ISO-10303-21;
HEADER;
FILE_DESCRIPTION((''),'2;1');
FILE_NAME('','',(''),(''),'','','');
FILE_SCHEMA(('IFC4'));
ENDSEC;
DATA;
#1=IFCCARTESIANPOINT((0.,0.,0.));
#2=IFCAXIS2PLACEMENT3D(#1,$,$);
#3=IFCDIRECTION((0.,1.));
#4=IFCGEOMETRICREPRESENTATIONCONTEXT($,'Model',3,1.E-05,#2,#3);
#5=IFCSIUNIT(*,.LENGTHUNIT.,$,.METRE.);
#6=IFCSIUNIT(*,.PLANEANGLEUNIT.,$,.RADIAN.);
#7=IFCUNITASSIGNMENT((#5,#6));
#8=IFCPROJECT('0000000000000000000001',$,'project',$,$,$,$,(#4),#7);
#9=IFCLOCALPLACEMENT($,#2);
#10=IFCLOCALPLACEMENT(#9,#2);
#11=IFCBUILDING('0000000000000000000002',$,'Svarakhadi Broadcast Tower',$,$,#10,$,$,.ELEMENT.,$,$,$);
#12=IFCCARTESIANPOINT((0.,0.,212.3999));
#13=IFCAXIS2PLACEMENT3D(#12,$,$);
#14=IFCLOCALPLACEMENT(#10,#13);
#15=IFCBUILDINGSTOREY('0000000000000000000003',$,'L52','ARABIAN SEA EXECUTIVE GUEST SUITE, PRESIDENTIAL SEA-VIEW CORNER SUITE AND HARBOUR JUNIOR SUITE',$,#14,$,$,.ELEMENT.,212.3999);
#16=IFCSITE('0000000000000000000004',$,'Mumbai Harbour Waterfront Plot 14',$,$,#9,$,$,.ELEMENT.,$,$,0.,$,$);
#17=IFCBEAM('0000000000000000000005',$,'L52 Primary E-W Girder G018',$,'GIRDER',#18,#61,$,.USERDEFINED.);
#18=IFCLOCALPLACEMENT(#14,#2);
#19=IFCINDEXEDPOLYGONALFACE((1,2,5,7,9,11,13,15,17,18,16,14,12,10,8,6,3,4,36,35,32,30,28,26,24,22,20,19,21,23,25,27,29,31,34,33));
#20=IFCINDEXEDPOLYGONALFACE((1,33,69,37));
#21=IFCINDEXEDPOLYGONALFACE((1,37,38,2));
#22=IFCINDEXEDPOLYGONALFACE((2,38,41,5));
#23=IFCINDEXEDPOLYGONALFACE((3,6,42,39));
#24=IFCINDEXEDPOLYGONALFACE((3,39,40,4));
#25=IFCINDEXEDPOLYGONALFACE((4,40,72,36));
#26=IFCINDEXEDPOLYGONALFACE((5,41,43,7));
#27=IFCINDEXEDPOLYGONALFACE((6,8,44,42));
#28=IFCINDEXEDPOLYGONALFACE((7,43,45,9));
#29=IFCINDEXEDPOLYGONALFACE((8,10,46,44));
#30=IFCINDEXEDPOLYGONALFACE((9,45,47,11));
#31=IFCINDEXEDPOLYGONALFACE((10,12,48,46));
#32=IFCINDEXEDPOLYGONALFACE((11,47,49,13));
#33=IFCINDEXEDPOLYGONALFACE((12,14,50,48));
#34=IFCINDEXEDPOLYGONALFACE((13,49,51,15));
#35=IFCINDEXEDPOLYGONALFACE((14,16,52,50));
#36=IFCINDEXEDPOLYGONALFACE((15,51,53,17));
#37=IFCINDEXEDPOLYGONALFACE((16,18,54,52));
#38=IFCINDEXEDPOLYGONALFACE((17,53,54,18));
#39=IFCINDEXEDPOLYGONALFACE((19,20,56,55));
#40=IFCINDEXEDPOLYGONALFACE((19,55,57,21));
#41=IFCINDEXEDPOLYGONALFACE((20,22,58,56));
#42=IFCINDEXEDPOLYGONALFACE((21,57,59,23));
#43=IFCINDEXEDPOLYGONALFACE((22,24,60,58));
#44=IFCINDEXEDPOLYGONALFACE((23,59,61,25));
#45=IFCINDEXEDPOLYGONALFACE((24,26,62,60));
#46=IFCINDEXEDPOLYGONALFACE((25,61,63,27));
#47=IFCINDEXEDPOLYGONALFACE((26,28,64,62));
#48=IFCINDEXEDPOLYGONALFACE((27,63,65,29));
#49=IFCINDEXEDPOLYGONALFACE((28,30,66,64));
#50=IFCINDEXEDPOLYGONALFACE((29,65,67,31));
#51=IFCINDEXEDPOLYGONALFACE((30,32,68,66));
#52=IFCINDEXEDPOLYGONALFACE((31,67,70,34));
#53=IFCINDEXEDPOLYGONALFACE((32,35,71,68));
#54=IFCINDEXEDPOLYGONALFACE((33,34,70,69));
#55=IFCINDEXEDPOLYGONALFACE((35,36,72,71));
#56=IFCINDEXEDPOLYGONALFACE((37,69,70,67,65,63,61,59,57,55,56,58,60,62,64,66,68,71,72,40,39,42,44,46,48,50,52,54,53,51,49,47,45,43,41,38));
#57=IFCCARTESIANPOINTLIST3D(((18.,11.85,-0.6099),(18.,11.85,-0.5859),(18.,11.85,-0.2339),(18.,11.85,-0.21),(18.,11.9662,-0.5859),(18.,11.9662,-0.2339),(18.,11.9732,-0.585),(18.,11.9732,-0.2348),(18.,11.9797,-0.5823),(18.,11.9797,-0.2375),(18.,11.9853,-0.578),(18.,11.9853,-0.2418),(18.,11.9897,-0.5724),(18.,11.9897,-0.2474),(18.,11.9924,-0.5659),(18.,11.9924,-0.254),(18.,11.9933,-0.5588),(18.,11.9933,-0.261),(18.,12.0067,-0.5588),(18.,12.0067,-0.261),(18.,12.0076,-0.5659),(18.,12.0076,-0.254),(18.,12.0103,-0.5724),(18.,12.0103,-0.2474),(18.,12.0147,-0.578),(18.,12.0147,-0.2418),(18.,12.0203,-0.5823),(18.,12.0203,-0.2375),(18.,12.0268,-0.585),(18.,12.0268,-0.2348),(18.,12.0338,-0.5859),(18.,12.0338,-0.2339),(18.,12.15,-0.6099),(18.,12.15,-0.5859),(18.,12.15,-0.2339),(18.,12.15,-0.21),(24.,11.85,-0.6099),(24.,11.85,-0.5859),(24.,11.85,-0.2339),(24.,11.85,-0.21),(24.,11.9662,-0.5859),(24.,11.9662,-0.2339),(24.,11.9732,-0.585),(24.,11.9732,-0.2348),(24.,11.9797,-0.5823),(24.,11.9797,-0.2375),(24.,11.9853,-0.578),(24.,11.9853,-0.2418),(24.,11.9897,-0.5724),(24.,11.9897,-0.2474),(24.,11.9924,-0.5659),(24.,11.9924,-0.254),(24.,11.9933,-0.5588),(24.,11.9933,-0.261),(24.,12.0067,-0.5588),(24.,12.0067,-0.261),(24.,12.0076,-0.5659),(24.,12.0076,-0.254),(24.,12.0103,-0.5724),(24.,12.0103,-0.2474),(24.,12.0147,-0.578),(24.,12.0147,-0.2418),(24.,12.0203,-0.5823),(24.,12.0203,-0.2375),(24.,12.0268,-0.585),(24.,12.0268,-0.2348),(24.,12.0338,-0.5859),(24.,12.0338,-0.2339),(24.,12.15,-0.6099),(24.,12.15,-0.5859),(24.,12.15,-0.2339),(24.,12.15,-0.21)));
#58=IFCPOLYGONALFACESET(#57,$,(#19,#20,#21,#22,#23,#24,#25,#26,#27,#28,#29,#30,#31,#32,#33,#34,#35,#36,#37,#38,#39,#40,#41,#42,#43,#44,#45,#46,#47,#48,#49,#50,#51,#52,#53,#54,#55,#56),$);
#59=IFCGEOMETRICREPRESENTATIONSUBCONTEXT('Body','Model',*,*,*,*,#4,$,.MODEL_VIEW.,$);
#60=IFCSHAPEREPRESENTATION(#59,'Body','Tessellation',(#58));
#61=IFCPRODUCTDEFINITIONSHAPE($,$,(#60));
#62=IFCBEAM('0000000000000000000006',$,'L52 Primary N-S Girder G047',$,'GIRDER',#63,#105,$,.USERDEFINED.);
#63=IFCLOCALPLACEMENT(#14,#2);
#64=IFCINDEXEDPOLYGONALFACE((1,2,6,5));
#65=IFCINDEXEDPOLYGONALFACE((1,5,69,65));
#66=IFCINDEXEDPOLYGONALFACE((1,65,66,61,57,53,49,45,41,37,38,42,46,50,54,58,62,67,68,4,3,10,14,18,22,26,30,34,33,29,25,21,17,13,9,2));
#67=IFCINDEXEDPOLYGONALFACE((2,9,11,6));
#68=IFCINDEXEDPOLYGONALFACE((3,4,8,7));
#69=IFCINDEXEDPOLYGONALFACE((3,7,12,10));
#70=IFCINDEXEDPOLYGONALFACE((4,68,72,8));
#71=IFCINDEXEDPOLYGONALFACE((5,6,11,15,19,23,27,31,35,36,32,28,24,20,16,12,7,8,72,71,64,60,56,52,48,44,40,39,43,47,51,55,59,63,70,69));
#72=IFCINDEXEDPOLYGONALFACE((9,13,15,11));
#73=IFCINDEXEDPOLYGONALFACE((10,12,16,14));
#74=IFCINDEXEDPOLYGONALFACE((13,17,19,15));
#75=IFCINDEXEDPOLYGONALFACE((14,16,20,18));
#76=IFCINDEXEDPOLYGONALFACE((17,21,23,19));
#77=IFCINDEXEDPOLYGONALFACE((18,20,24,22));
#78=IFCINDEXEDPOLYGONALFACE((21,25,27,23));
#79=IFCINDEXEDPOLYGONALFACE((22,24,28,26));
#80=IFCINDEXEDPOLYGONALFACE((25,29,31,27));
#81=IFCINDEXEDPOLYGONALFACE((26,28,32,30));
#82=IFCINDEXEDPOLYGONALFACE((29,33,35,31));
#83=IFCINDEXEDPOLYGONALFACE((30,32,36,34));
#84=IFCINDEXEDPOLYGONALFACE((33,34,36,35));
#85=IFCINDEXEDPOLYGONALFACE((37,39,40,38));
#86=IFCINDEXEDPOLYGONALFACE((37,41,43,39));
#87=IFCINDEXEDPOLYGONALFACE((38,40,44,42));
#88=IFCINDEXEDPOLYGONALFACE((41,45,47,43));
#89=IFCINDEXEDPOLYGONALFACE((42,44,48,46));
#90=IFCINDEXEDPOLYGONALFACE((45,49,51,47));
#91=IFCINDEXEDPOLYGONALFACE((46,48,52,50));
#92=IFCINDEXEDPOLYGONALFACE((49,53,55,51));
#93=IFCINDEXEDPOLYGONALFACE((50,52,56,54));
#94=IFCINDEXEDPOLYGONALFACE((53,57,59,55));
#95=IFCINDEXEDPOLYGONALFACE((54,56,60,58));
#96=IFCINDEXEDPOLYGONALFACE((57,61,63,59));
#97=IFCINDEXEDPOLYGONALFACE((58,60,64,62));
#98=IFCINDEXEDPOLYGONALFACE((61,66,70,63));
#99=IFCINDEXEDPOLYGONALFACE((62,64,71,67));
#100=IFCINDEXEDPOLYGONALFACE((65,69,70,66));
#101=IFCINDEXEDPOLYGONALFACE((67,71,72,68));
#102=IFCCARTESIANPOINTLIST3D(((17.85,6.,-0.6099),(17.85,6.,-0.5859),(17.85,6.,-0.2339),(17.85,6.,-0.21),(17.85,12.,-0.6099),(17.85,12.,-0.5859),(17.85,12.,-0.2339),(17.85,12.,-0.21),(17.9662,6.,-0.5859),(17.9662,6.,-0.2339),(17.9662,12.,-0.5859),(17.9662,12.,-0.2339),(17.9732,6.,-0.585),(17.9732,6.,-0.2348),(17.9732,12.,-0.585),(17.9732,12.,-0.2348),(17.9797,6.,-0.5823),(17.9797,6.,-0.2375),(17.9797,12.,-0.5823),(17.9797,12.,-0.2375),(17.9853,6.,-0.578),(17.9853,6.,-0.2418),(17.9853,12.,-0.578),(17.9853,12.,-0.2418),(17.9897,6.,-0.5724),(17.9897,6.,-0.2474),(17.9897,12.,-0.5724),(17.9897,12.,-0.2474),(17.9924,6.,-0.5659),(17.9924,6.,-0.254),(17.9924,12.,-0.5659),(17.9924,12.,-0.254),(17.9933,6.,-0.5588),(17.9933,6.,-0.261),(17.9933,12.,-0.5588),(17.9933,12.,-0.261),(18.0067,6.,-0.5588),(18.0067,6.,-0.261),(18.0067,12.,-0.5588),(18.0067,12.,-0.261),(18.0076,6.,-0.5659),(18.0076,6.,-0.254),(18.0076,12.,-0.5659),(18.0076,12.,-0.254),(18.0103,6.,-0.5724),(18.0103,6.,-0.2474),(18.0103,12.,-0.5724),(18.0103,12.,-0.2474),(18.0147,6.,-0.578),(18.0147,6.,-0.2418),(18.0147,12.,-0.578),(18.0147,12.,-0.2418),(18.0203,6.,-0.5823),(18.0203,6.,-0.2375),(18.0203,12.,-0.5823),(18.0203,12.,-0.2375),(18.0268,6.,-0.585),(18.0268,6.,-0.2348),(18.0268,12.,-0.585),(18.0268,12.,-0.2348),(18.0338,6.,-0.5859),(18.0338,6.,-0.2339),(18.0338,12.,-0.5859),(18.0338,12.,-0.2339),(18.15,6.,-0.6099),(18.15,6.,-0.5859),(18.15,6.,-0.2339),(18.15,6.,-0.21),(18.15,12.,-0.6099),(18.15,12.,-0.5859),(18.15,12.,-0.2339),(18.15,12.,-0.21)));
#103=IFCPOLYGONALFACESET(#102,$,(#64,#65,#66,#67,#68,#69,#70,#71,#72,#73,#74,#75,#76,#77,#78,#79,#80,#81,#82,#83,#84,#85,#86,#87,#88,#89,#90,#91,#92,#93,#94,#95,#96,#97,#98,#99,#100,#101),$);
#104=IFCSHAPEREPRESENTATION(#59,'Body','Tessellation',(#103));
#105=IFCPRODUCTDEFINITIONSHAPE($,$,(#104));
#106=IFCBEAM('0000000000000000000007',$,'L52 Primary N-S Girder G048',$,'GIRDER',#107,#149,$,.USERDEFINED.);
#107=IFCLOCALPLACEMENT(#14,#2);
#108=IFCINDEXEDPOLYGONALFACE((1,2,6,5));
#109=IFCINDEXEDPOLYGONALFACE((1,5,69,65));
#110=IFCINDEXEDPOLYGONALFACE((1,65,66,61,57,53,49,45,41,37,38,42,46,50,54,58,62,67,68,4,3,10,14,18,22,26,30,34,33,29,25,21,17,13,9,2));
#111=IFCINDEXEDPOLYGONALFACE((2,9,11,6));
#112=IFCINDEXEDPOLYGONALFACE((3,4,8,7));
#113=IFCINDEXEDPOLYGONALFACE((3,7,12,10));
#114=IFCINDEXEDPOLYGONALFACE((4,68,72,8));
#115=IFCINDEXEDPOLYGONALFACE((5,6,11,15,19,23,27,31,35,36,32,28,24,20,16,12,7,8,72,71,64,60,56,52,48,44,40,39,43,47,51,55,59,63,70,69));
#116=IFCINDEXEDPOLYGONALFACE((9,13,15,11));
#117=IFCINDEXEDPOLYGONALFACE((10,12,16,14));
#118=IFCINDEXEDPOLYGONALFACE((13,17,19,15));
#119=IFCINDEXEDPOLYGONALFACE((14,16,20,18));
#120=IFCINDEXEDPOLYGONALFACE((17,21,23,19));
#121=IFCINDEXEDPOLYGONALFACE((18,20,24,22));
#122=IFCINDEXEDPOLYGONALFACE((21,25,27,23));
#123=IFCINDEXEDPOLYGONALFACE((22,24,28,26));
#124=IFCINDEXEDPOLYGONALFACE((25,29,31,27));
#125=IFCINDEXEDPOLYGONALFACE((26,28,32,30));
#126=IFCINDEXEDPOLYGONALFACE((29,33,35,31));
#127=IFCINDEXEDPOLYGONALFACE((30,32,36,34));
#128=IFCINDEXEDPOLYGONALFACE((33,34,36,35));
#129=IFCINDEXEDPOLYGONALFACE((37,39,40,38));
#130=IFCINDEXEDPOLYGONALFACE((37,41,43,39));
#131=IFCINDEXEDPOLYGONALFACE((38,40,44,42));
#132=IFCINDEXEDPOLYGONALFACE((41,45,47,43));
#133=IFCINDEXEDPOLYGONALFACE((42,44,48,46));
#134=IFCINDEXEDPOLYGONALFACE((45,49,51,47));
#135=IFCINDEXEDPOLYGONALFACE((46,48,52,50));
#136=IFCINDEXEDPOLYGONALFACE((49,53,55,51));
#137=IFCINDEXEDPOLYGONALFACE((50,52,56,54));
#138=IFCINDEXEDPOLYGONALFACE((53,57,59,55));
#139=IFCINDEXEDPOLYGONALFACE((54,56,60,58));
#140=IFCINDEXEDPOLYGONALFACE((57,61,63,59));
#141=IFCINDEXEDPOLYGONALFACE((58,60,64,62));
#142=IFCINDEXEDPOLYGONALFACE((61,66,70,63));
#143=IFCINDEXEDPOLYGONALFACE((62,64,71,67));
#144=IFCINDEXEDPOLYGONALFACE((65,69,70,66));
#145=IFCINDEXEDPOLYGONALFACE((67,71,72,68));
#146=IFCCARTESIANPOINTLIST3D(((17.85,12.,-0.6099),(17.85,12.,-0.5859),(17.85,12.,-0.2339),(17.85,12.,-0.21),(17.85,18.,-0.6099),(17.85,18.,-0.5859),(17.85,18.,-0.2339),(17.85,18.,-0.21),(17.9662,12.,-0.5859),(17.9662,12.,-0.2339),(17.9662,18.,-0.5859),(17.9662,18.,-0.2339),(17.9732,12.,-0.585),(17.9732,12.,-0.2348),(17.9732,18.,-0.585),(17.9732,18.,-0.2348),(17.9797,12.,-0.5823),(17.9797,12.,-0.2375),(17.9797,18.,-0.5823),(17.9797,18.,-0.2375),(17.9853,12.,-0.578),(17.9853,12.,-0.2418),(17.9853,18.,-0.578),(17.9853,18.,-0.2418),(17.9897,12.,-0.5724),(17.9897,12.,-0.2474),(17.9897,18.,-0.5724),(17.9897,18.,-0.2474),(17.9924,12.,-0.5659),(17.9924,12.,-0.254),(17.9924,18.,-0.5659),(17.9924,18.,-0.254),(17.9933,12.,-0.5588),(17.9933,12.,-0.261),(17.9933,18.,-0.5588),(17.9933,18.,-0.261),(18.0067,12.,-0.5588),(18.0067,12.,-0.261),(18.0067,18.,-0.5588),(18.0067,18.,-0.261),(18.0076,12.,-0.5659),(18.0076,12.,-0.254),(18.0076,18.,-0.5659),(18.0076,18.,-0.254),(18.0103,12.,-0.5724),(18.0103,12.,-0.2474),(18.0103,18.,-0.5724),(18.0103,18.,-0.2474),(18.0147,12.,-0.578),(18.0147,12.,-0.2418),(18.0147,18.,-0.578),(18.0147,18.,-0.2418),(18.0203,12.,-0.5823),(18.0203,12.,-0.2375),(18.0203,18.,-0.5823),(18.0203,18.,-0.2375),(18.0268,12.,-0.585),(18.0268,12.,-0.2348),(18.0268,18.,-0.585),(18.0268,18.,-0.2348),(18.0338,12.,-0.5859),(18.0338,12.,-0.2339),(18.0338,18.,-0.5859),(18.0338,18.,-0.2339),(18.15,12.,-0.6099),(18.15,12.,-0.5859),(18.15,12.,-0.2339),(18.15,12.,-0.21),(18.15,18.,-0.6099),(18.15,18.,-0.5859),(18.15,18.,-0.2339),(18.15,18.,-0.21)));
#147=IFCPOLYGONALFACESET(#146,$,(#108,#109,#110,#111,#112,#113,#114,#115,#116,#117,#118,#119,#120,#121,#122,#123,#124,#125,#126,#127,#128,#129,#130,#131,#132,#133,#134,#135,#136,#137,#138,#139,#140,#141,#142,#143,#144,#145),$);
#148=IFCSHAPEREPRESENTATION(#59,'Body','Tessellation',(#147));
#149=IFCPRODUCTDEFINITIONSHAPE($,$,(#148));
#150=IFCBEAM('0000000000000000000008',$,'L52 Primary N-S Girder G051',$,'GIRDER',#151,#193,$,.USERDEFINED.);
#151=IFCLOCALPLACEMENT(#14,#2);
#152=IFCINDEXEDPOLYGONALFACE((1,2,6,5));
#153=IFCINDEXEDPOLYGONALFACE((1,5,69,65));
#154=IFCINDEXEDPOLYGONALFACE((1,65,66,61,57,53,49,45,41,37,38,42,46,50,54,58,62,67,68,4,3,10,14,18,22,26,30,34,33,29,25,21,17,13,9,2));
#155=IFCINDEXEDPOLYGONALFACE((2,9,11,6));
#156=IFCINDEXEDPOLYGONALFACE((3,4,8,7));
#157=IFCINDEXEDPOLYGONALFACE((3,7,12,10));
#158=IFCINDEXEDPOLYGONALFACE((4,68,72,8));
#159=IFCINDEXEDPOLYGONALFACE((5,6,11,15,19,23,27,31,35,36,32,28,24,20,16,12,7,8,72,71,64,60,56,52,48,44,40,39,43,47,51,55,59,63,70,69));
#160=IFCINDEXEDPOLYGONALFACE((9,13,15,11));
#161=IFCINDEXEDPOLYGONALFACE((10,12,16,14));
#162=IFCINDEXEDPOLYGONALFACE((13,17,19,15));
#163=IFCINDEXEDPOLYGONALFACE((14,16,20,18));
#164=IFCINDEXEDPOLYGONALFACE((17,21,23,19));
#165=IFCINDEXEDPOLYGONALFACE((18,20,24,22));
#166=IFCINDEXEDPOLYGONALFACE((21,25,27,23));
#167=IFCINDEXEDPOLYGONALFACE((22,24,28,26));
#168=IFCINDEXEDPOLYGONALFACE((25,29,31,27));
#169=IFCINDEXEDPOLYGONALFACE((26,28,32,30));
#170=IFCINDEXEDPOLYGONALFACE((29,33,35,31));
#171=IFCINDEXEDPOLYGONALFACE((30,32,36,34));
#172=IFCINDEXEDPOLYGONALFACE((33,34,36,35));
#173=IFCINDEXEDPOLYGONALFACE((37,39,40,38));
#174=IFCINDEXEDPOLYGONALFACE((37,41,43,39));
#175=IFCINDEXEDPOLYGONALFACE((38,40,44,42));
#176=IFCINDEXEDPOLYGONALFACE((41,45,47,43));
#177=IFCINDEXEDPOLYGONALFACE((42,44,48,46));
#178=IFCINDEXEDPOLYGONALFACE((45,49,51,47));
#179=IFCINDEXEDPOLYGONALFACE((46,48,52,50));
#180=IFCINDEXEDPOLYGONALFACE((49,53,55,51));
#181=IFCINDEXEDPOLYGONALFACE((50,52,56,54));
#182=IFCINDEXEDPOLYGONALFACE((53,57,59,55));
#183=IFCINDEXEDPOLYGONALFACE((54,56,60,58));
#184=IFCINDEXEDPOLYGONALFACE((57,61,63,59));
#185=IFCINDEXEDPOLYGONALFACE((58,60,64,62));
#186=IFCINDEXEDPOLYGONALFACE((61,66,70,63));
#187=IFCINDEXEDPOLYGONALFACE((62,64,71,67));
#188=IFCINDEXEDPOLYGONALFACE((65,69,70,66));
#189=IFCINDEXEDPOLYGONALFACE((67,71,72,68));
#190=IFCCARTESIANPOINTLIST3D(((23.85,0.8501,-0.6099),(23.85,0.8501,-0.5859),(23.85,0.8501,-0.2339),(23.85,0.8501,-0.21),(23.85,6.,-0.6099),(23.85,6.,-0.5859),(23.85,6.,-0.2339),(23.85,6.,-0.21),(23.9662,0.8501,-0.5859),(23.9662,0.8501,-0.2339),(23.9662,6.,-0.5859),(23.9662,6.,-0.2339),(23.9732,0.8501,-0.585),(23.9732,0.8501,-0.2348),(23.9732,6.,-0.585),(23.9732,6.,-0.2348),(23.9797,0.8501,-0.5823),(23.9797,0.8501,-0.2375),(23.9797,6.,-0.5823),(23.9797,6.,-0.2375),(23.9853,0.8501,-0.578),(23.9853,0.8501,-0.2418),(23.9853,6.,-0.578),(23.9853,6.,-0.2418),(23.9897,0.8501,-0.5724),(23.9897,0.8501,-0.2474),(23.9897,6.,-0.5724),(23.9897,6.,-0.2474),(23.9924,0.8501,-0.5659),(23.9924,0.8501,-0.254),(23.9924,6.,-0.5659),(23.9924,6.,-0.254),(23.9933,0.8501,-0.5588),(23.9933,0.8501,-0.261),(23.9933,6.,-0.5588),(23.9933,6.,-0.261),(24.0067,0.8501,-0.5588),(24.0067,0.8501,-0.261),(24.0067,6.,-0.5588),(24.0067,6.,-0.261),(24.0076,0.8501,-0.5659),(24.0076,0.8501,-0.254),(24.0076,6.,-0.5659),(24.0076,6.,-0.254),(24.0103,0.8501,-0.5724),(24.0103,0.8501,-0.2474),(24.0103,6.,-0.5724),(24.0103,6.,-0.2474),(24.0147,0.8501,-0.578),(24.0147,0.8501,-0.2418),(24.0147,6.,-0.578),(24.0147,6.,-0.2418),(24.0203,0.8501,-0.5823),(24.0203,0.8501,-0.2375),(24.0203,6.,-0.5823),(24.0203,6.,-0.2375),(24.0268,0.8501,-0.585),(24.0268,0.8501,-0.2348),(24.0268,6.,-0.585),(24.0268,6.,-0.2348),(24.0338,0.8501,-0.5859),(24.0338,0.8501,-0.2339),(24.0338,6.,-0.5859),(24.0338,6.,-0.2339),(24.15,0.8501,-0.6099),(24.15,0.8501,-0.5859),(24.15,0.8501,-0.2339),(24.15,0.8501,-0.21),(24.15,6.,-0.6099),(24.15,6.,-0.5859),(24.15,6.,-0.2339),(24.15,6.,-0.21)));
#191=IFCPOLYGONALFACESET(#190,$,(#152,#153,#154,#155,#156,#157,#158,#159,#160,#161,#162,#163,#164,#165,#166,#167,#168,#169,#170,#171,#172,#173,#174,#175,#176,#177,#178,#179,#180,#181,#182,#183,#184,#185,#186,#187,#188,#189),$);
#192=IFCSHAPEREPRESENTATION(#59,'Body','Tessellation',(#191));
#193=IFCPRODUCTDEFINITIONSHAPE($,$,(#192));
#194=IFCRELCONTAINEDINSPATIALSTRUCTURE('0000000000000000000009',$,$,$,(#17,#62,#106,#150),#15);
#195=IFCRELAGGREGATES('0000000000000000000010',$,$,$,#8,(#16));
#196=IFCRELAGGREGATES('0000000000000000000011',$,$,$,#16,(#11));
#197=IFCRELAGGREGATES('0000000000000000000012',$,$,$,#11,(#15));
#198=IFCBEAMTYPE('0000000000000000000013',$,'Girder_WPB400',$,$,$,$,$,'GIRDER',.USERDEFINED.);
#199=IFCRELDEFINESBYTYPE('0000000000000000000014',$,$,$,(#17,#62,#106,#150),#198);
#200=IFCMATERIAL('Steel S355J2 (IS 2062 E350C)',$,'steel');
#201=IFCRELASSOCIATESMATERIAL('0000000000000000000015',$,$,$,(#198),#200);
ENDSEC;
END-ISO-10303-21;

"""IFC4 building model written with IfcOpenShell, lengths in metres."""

from ifc_helpers import new_model, si_unit, direction, frame, origin, origin_2d, place, context, subcontext, project, spatial, i_section, extrude, material, material_profile, profile_set, type_object, element, save


model = new_model("IFC4")

# Units and contexts
model_context = context("Model", 3, precision=1e-05, world=origin(), true_north=direction((0.0, 1.0)))
body_context = subcontext(model_context, "Body", "Model", "MODEL_VIEW")
ifc_project = project(units=[si_unit("LENGTHUNIT", "METRE"), si_unit("PLANEANGLEUNIT", "RADIAN")], contexts=[model_context])

# Site, building, storey
site_placement = place(None, origin())
site = spatial("IfcSite", under=ifc_project, at=site_placement, Name="Mumbai Harbour Waterfront Plot 14", CompositionType="ELEMENT", RefElevation=0.0)
building_placement = place(site_placement, origin())
building = spatial("IfcBuilding", under=site, at=building_placement, Name="Svarakhadi Broadcast Tower", CompositionType="ELEMENT")
storey_placement = place(building_placement, frame((0.0, 0.0, 212.3999)))
storey = spatial("IfcBuildingStorey", under=building, at=storey_placement, Name="L52", Description="ARABIAN SEA EXECUTIVE GUEST SUITE, PRESIDENTIAL SEA-VIEW CORNER SUITE AND HARBOUR JUNIOR SUITE", CompositionType="ELEMENT", Elevation=212.3999)

# Beams
ifc_material_1 = material(Name="Steel S355J2 (IS 2062 E350C)", Category="steel")
ifc_material_profile_1 = material_profile(ifc_material_1, i_section(OverallWidth=0.3, OverallDepth=0.3999, WebThickness=0.0134, FlangeThickness=0.0239, FilletRadius=0.0271, at=origin_2d()), Name="WPB 400x300x155")
ifc_profile_set_1 = profile_set([ifc_material_profile_1], Name="Steel S355J2 (IS 2062 E350C)")
beam_type_1 = type_object("IfcBeamType", Name="Girder_WPB400", ElementType="GIRDER", PredefinedType="USERDEFINED", material=ifc_profile_set_1)
for number, where, z_axis, x_axis, name in (
    (1, (18.0, 12.0, -0.4099), (1.0, 0.0, 0.0), (0.0, 1.0, 0.0), "L52 Primary E-W Girder G018"),
    (2, (18.0, 6.0, -0.4099), (0.0, 1.0, 0.0), (-1.0, 0.0, 0.0), "L52 Primary N-S Girder G047"),
    (3, (18.0, 12.0, -0.4099), (0.0, 1.0, 0.0), (-1.0, 0.0, 0.0), "L52 Primary N-S Girder G048"),
):
    element("IfcBeam", number, at=place(storey_placement, frame(where, z_axis=z_axis, x_axis=x_axis)), inside=storey, type_object=beam_type_1, Name=name, ObjectType="GIRDER", PredefinedType="USERDEFINED", context=body_context, shape_type="SweptSolid", body=[
        extrude(i_section(OverallWidth=0.3, OverallDepth=0.3999, WebThickness=0.0134, FlangeThickness=0.0239, FilletRadius=0.0271, at=origin_2d()), origin(), (0.0, 0.0, 1.0), 6.0),
    ])
beam_1_placement = place(storey_placement, frame((24.0, 0.8501, -0.4099), z_axis=(0.0, 1.0, 0.0), x_axis=(-1.0, 0.0, 0.0)))
element("IfcBeam", 4, at=beam_1_placement, inside=storey, type_object=beam_type_1, Name="L52 Primary N-S Girder G051", ObjectType="GIRDER", PredefinedType="USERDEFINED", context=body_context, shape_type="SweptSolid", body=[
    extrude(i_section(OverallWidth=0.3, OverallDepth=0.3999, WebThickness=0.0134, FlangeThickness=0.0239, FilletRadius=0.0271, at=origin_2d()), origin(), (0.0, 0.0, 1.0), 5.1499),
])

save(model, "model.ifc")
